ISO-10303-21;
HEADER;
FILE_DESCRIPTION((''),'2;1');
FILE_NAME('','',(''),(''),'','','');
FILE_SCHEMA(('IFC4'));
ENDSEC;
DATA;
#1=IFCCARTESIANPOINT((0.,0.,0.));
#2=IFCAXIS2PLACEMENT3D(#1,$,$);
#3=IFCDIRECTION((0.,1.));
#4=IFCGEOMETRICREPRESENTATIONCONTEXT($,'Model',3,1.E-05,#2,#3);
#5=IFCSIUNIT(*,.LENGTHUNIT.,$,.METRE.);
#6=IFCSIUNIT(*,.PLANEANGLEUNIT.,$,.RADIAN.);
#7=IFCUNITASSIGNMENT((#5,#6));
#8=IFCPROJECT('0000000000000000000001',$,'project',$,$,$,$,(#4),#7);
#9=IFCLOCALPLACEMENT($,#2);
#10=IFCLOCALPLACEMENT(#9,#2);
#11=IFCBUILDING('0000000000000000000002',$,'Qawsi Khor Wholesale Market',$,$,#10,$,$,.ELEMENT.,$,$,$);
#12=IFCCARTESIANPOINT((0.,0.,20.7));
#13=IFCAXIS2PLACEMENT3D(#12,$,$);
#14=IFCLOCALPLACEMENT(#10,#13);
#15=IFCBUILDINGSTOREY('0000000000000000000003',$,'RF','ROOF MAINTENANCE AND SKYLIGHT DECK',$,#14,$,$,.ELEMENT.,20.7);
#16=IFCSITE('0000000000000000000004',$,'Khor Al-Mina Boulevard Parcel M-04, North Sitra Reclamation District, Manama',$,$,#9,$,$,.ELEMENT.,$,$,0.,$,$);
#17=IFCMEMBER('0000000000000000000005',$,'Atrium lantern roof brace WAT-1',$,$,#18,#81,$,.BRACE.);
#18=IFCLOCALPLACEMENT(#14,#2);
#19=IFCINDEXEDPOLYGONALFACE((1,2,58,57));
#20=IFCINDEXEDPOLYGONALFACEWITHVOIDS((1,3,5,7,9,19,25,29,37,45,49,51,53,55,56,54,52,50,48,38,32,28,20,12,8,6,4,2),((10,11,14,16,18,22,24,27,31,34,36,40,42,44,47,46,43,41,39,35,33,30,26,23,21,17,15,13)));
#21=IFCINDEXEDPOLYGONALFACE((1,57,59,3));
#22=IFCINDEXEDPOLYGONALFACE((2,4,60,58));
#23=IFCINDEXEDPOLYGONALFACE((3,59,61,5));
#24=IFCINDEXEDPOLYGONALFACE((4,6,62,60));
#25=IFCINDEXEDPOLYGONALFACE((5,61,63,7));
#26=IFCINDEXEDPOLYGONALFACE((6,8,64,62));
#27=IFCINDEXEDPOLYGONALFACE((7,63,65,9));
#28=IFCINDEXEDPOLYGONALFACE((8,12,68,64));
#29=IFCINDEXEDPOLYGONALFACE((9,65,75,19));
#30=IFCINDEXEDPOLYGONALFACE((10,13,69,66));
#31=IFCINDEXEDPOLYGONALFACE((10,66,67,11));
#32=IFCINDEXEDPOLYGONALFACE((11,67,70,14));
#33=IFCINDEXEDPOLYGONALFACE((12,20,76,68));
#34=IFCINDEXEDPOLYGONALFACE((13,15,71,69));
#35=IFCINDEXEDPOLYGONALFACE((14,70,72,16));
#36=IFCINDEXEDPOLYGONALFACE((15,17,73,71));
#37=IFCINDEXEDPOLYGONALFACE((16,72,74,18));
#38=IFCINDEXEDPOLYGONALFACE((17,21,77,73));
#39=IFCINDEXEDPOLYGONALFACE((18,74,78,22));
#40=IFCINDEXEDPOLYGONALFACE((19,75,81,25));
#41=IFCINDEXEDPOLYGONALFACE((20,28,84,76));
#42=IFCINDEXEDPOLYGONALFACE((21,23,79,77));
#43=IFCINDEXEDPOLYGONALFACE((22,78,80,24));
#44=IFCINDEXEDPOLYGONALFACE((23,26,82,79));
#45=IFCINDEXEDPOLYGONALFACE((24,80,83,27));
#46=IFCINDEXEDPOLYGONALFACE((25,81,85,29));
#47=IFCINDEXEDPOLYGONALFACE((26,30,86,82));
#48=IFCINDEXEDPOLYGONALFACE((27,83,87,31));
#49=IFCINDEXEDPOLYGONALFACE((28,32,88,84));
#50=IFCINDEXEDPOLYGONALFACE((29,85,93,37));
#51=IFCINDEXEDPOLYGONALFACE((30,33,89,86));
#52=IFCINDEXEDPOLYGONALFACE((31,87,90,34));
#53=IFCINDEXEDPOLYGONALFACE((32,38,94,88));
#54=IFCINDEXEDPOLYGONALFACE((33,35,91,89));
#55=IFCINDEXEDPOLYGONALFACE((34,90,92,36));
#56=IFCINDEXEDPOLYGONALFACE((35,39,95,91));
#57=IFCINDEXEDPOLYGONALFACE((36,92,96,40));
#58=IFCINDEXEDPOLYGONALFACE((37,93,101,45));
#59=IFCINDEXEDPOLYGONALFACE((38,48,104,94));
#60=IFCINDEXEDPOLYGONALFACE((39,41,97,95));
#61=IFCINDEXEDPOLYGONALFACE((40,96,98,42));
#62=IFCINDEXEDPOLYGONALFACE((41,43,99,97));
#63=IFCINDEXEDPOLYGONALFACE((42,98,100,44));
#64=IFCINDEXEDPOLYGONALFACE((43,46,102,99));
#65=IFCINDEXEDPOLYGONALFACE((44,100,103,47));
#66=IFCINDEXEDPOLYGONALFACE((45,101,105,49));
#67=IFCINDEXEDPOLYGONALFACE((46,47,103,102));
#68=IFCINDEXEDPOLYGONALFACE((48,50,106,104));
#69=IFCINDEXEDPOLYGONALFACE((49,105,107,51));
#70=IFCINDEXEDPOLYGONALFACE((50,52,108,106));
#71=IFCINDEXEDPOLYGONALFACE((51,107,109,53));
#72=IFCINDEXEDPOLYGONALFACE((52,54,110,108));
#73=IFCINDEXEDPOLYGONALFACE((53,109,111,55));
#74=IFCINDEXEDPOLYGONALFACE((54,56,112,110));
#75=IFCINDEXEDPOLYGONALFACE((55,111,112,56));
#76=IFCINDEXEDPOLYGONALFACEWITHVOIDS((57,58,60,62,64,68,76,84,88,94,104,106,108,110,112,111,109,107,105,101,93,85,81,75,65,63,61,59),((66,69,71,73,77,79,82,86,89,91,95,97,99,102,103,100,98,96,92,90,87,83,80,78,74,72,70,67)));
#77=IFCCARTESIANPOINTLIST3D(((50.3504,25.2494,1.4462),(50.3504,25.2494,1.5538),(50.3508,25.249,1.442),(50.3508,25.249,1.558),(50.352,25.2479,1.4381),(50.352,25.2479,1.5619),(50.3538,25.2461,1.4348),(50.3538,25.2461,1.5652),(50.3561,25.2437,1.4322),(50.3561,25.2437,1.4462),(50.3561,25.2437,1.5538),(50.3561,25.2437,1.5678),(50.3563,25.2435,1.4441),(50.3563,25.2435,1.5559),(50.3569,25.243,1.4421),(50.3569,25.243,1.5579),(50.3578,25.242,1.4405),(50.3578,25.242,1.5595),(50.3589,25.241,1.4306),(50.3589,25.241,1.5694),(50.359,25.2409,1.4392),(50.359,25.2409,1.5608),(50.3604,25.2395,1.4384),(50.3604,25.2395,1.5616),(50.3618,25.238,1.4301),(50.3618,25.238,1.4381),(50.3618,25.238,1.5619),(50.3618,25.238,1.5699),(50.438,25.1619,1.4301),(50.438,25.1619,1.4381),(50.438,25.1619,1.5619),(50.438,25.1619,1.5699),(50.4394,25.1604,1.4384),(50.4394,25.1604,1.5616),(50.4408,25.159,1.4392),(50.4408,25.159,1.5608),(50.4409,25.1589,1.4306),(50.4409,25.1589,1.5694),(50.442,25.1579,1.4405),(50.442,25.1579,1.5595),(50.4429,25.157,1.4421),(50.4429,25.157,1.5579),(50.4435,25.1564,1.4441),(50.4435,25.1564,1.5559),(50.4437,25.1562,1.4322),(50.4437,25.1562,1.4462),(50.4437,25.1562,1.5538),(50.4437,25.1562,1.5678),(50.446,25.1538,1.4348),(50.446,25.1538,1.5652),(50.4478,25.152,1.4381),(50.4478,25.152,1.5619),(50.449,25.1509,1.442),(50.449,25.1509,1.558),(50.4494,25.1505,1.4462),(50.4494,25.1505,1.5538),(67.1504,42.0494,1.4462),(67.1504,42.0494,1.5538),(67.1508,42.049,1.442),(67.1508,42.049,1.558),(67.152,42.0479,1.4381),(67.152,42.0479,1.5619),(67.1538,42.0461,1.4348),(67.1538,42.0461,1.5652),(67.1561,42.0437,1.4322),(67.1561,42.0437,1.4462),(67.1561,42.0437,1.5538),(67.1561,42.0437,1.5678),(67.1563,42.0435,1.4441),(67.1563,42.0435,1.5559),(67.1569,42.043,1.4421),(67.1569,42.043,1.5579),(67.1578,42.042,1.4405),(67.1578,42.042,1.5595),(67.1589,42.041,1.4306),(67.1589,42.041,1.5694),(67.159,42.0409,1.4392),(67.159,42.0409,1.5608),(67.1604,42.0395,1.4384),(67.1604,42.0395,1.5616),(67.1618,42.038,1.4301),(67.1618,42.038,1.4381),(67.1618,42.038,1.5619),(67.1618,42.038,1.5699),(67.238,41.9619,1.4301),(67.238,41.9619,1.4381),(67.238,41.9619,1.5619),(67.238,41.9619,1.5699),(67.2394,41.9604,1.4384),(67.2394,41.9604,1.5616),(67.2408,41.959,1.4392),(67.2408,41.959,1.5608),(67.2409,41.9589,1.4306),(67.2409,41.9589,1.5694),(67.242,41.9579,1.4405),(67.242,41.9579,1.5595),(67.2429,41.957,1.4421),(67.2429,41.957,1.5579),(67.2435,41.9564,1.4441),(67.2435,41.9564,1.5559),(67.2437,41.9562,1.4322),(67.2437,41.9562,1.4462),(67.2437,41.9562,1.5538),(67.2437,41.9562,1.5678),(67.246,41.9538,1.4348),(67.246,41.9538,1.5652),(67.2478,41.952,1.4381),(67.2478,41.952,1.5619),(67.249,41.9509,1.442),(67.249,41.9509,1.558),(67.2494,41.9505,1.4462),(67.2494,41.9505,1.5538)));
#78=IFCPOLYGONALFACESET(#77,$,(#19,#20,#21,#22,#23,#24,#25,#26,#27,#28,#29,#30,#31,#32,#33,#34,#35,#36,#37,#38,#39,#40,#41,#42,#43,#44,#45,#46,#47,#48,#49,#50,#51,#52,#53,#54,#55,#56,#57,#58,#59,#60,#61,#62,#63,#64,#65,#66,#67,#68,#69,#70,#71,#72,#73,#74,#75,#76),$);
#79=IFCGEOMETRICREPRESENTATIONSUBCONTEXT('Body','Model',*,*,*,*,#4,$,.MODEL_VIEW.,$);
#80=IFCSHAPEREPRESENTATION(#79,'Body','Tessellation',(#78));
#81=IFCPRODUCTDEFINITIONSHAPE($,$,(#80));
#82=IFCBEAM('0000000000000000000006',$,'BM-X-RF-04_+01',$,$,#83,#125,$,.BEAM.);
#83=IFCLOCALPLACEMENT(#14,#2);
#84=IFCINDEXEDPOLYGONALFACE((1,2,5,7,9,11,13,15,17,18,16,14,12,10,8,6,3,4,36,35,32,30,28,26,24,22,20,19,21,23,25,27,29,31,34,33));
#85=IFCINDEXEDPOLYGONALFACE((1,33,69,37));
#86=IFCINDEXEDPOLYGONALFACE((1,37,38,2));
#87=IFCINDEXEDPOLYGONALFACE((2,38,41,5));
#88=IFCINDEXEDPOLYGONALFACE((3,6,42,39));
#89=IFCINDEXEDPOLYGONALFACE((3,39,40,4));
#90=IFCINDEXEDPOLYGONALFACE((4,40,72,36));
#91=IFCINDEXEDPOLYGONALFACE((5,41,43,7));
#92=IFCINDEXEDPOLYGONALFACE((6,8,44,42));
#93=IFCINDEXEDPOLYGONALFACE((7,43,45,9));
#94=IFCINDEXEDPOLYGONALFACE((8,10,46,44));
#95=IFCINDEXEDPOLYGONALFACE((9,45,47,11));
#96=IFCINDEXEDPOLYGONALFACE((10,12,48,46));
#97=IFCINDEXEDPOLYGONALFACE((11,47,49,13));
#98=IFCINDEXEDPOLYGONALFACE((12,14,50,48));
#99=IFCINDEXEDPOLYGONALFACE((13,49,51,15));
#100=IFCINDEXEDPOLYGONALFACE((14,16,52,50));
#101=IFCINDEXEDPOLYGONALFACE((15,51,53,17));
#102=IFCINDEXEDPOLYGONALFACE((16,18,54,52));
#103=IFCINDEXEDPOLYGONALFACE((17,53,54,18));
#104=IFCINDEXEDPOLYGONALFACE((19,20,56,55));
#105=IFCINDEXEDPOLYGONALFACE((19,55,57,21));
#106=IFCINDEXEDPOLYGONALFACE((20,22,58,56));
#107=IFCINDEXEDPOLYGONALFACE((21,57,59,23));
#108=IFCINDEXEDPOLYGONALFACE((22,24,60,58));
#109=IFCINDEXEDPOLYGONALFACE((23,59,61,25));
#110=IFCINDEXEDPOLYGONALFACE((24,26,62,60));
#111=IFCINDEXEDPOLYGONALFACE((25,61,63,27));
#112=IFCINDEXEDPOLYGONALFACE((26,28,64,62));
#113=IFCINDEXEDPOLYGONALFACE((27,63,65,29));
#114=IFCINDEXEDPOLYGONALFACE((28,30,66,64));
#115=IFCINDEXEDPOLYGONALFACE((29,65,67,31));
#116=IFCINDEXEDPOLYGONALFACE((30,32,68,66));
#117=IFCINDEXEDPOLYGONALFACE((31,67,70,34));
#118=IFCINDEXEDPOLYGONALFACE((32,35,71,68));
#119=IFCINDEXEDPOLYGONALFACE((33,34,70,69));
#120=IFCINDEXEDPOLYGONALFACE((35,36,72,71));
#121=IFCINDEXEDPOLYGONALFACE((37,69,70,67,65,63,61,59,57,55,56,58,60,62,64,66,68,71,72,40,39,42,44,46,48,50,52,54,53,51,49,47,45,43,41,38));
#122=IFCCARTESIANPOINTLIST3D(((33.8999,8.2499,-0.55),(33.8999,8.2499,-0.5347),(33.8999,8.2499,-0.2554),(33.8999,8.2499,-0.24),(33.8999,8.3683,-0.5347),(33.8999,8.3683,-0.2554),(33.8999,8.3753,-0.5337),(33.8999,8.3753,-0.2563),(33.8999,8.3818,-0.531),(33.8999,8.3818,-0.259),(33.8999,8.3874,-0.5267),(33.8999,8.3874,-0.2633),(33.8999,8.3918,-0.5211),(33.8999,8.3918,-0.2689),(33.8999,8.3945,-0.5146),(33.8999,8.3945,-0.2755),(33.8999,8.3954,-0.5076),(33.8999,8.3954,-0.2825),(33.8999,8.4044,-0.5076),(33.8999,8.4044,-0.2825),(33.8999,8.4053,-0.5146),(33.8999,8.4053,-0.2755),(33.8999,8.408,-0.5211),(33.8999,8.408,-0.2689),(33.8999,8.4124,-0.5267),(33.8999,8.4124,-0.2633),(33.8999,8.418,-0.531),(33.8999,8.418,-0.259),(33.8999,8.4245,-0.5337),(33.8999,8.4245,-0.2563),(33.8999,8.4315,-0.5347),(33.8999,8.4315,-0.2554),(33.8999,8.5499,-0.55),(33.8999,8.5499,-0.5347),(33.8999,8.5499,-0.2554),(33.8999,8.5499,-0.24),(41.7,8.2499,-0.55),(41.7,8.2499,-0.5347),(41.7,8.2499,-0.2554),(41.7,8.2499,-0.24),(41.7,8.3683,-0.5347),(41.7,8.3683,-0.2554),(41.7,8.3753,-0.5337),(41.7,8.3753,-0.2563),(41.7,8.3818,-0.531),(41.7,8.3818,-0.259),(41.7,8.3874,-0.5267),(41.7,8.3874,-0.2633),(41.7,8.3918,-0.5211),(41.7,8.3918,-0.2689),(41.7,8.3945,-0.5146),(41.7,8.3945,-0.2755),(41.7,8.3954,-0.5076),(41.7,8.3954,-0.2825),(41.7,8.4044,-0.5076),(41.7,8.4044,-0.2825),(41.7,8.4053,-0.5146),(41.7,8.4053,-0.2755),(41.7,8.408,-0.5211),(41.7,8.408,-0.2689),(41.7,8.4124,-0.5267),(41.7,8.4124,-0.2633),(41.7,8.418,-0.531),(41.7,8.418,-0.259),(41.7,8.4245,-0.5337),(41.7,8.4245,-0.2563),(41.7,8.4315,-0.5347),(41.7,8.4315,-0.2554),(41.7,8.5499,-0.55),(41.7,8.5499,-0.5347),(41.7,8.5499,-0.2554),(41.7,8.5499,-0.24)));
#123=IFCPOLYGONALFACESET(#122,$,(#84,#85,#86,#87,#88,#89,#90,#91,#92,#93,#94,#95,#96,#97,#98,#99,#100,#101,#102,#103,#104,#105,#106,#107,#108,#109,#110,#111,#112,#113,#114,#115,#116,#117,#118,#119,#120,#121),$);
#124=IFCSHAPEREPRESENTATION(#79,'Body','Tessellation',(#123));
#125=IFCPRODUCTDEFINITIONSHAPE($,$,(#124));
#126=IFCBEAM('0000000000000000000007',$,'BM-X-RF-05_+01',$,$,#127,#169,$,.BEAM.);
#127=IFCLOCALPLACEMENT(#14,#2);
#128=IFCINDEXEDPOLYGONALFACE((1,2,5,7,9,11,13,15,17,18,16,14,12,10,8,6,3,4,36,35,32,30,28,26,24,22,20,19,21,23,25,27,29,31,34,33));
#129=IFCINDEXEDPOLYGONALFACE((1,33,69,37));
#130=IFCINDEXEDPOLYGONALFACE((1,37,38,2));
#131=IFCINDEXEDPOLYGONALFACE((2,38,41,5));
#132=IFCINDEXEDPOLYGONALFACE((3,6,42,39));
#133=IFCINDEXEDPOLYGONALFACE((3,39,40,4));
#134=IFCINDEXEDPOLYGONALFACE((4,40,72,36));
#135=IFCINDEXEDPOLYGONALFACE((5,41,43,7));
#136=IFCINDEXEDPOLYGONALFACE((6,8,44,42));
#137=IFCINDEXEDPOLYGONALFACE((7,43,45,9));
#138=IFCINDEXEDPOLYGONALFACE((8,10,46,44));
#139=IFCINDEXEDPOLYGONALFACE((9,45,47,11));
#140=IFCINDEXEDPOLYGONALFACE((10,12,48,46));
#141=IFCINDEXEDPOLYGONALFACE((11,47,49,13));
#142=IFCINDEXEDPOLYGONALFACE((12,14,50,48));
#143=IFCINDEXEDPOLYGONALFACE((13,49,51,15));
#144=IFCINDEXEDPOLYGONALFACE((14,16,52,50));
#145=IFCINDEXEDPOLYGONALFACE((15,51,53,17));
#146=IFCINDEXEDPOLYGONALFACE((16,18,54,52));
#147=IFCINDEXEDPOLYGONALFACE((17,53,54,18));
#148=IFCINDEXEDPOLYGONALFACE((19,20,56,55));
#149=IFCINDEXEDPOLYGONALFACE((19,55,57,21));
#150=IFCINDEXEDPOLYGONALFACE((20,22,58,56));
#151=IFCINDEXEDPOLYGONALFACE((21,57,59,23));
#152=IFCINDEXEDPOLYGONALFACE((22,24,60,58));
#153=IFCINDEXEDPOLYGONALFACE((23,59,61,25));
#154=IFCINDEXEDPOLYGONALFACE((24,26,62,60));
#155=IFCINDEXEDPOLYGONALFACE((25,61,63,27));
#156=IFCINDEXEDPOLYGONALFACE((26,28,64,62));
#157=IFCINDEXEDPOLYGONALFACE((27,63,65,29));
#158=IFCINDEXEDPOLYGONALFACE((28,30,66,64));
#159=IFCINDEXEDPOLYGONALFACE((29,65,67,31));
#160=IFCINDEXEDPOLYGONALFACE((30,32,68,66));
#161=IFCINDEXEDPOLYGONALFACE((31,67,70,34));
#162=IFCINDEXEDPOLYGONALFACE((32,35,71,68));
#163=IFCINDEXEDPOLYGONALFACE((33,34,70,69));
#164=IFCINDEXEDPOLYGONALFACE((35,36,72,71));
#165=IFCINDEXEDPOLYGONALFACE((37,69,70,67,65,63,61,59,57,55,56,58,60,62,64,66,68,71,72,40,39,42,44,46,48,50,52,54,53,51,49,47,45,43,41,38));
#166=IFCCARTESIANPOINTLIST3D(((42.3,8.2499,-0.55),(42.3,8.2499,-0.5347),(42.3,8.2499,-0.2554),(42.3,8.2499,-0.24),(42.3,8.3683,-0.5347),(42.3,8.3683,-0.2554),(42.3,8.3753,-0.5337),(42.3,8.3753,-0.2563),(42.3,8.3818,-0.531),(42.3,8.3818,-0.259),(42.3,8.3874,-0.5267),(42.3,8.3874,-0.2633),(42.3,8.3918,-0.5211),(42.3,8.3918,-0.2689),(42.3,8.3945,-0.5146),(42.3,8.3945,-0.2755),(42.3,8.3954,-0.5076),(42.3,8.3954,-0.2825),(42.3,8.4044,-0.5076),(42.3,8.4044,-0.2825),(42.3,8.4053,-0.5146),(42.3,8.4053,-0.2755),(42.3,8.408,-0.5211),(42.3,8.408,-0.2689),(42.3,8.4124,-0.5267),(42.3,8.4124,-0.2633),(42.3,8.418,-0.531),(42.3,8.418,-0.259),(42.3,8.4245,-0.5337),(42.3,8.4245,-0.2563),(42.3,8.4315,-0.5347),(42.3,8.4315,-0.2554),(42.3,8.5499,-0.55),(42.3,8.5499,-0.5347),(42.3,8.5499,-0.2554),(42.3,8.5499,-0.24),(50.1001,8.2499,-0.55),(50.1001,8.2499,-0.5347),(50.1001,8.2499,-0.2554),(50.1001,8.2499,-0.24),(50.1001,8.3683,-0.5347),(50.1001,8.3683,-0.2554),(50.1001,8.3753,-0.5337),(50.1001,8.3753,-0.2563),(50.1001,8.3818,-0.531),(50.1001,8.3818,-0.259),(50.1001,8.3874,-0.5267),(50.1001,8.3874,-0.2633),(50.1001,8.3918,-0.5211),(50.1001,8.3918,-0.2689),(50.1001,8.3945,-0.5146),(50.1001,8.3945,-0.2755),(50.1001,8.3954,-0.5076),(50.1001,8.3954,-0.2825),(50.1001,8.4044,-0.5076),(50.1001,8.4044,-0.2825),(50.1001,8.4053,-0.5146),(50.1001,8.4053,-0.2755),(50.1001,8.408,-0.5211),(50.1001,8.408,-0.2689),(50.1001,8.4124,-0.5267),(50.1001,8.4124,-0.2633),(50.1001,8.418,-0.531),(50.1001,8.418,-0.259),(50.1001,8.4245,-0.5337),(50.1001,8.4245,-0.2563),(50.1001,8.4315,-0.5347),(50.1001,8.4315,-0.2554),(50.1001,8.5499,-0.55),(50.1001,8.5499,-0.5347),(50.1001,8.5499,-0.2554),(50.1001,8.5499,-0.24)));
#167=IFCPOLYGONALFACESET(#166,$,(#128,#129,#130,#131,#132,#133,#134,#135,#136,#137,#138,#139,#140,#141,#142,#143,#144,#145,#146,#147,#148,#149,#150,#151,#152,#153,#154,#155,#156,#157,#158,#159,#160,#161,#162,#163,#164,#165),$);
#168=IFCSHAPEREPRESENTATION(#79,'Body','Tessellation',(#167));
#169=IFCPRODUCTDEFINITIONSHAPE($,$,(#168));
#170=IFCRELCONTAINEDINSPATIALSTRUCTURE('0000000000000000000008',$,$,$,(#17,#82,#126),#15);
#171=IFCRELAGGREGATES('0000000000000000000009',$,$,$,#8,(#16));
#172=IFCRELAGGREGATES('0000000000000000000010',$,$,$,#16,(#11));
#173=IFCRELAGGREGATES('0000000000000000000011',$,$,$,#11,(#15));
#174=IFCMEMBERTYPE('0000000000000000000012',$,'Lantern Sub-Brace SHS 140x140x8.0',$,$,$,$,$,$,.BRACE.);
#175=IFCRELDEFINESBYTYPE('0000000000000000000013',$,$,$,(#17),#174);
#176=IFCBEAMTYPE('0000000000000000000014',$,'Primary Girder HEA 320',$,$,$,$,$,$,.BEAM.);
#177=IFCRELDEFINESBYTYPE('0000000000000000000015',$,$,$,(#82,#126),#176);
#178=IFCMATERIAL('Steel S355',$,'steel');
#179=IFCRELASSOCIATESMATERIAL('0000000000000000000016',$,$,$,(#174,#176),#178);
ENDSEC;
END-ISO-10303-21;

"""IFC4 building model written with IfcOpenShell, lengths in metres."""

from ifc_helpers import new_model, si_unit, direction, frame, origin, origin_2d, place, context, subcontext, project, spatial, hollow_rectangle, i_section, extrude, material, material_profile, profile_set, type_object, element, save


model = new_model("IFC4")

# Units and contexts
model_context = context("Model", 3, precision=1e-05, world=origin(), true_north=direction((0.0, 1.0)))
body_context = subcontext(model_context, "Body", "Model", "MODEL_VIEW")
ifc_project = project(units=[si_unit("LENGTHUNIT", "METRE"), si_unit("PLANEANGLEUNIT", "RADIAN")], contexts=[model_context])

# Site, building, storey
site_placement = place(None, origin())
site = spatial("IfcSite", under=ifc_project, at=site_placement, Name="Khor Al-Mina Boulevard Parcel M-04, North Sitra Reclamation District, Manama", CompositionType="ELEMENT", RefElevation=0.0)
building_placement = place(site_placement, origin())
building = spatial("IfcBuilding", under=site, at=building_placement, Name="Qawsi Khor Wholesale Market", CompositionType="ELEMENT")
storey_placement = place(building_placement, frame((0.0, 0.0, 20.7)))
storey = spatial("IfcBuildingStorey", under=building, at=storey_placement, Name="RF", Description="ROOF MAINTENANCE AND SKYLIGHT DECK", CompositionType="ELEMENT", Elevation=20.7)

# Shared definitions
ifc_material_1 = material(Name="Steel S355", Category="steel")

# Member
ifc_material_profile_1 = material_profile(ifc_material_1, hollow_rectangle(XDim=0.1399, YDim=0.1399, WallThickness=0.0081, InnerFilletRadius=0.0081, OuterFilletRadius=0.0161, at=origin_2d()), Name="SHS 140x140x8.0")
ifc_profile_set_1 = profile_set([ifc_material_profile_1], Name="Steel S355")
member_type_1 = type_object("IfcMemberType", Name="Lantern Sub-Brace SHS 140x140x8.0", PredefinedType="BRACE", material=ifc_profile_set_1)
member_1_placement = place(storey_placement, frame((50.3999, 25.2, 1.5), z_axis=(0.707107, 0.707107, 0.0), x_axis=(-0.707107, 0.707107, 0.0)))
element("IfcMember", 1, at=member_1_placement, inside=storey, type_object=member_type_1, Name="Atrium lantern roof brace WAT-1", PredefinedType="BRACE", context=body_context, shape_type="SweptSolid", body=[
    extrude(hollow_rectangle(XDim=0.1399, YDim=0.1399, WallThickness=0.0081, InnerFilletRadius=0.0081, OuterFilletRadius=0.0161, at=origin_2d()), origin(), (0.0, 0.0, 1.0), 23.7588),
])

# Beams
ifc_material_profile_2 = material_profile(ifc_material_1, i_section(OverallWidth=0.3, OverallDepth=0.3101, WebThickness=0.009, FlangeThickness=0.0154, FilletRadius=0.0271, at=origin_2d()), Name="HEA 320")
ifc_profile_set_2 = profile_set([ifc_material_profile_2], Name="Steel S355")
beam_type_1 = type_object("IfcBeamType", Name="Primary Girder HEA 320", PredefinedType="BEAM", material=ifc_profile_set_2)
for number, where, z_axis, x_axis, name in (
    (2, (33.8999, 8.3999, -0.395), (1.0, 0.0, 0.0), (0.0, 1.0, 0.0), "BM-X-RF-04_+01"),
    (3, (42.3, 8.3999, -0.395), (1.0, 0.0, 0.0), (0.0, 1.0, 0.0), "BM-X-RF-05_+01"),
):
    element("IfcBeam", number, at=place(storey_placement, frame(where, z_axis=z_axis, x_axis=x_axis)), inside=storey, type_object=beam_type_1, Name=name, PredefinedType="BEAM", context=body_context, shape_type="SweptSolid", body=[
        extrude(i_section(OverallWidth=0.3, OverallDepth=0.3101, WebThickness=0.009, FlangeThickness=0.0154, FilletRadius=0.0271, at=origin_2d()), origin(), (0.0, 0.0, 1.0), 7.8),
    ])

save(model, "model.ifc")
